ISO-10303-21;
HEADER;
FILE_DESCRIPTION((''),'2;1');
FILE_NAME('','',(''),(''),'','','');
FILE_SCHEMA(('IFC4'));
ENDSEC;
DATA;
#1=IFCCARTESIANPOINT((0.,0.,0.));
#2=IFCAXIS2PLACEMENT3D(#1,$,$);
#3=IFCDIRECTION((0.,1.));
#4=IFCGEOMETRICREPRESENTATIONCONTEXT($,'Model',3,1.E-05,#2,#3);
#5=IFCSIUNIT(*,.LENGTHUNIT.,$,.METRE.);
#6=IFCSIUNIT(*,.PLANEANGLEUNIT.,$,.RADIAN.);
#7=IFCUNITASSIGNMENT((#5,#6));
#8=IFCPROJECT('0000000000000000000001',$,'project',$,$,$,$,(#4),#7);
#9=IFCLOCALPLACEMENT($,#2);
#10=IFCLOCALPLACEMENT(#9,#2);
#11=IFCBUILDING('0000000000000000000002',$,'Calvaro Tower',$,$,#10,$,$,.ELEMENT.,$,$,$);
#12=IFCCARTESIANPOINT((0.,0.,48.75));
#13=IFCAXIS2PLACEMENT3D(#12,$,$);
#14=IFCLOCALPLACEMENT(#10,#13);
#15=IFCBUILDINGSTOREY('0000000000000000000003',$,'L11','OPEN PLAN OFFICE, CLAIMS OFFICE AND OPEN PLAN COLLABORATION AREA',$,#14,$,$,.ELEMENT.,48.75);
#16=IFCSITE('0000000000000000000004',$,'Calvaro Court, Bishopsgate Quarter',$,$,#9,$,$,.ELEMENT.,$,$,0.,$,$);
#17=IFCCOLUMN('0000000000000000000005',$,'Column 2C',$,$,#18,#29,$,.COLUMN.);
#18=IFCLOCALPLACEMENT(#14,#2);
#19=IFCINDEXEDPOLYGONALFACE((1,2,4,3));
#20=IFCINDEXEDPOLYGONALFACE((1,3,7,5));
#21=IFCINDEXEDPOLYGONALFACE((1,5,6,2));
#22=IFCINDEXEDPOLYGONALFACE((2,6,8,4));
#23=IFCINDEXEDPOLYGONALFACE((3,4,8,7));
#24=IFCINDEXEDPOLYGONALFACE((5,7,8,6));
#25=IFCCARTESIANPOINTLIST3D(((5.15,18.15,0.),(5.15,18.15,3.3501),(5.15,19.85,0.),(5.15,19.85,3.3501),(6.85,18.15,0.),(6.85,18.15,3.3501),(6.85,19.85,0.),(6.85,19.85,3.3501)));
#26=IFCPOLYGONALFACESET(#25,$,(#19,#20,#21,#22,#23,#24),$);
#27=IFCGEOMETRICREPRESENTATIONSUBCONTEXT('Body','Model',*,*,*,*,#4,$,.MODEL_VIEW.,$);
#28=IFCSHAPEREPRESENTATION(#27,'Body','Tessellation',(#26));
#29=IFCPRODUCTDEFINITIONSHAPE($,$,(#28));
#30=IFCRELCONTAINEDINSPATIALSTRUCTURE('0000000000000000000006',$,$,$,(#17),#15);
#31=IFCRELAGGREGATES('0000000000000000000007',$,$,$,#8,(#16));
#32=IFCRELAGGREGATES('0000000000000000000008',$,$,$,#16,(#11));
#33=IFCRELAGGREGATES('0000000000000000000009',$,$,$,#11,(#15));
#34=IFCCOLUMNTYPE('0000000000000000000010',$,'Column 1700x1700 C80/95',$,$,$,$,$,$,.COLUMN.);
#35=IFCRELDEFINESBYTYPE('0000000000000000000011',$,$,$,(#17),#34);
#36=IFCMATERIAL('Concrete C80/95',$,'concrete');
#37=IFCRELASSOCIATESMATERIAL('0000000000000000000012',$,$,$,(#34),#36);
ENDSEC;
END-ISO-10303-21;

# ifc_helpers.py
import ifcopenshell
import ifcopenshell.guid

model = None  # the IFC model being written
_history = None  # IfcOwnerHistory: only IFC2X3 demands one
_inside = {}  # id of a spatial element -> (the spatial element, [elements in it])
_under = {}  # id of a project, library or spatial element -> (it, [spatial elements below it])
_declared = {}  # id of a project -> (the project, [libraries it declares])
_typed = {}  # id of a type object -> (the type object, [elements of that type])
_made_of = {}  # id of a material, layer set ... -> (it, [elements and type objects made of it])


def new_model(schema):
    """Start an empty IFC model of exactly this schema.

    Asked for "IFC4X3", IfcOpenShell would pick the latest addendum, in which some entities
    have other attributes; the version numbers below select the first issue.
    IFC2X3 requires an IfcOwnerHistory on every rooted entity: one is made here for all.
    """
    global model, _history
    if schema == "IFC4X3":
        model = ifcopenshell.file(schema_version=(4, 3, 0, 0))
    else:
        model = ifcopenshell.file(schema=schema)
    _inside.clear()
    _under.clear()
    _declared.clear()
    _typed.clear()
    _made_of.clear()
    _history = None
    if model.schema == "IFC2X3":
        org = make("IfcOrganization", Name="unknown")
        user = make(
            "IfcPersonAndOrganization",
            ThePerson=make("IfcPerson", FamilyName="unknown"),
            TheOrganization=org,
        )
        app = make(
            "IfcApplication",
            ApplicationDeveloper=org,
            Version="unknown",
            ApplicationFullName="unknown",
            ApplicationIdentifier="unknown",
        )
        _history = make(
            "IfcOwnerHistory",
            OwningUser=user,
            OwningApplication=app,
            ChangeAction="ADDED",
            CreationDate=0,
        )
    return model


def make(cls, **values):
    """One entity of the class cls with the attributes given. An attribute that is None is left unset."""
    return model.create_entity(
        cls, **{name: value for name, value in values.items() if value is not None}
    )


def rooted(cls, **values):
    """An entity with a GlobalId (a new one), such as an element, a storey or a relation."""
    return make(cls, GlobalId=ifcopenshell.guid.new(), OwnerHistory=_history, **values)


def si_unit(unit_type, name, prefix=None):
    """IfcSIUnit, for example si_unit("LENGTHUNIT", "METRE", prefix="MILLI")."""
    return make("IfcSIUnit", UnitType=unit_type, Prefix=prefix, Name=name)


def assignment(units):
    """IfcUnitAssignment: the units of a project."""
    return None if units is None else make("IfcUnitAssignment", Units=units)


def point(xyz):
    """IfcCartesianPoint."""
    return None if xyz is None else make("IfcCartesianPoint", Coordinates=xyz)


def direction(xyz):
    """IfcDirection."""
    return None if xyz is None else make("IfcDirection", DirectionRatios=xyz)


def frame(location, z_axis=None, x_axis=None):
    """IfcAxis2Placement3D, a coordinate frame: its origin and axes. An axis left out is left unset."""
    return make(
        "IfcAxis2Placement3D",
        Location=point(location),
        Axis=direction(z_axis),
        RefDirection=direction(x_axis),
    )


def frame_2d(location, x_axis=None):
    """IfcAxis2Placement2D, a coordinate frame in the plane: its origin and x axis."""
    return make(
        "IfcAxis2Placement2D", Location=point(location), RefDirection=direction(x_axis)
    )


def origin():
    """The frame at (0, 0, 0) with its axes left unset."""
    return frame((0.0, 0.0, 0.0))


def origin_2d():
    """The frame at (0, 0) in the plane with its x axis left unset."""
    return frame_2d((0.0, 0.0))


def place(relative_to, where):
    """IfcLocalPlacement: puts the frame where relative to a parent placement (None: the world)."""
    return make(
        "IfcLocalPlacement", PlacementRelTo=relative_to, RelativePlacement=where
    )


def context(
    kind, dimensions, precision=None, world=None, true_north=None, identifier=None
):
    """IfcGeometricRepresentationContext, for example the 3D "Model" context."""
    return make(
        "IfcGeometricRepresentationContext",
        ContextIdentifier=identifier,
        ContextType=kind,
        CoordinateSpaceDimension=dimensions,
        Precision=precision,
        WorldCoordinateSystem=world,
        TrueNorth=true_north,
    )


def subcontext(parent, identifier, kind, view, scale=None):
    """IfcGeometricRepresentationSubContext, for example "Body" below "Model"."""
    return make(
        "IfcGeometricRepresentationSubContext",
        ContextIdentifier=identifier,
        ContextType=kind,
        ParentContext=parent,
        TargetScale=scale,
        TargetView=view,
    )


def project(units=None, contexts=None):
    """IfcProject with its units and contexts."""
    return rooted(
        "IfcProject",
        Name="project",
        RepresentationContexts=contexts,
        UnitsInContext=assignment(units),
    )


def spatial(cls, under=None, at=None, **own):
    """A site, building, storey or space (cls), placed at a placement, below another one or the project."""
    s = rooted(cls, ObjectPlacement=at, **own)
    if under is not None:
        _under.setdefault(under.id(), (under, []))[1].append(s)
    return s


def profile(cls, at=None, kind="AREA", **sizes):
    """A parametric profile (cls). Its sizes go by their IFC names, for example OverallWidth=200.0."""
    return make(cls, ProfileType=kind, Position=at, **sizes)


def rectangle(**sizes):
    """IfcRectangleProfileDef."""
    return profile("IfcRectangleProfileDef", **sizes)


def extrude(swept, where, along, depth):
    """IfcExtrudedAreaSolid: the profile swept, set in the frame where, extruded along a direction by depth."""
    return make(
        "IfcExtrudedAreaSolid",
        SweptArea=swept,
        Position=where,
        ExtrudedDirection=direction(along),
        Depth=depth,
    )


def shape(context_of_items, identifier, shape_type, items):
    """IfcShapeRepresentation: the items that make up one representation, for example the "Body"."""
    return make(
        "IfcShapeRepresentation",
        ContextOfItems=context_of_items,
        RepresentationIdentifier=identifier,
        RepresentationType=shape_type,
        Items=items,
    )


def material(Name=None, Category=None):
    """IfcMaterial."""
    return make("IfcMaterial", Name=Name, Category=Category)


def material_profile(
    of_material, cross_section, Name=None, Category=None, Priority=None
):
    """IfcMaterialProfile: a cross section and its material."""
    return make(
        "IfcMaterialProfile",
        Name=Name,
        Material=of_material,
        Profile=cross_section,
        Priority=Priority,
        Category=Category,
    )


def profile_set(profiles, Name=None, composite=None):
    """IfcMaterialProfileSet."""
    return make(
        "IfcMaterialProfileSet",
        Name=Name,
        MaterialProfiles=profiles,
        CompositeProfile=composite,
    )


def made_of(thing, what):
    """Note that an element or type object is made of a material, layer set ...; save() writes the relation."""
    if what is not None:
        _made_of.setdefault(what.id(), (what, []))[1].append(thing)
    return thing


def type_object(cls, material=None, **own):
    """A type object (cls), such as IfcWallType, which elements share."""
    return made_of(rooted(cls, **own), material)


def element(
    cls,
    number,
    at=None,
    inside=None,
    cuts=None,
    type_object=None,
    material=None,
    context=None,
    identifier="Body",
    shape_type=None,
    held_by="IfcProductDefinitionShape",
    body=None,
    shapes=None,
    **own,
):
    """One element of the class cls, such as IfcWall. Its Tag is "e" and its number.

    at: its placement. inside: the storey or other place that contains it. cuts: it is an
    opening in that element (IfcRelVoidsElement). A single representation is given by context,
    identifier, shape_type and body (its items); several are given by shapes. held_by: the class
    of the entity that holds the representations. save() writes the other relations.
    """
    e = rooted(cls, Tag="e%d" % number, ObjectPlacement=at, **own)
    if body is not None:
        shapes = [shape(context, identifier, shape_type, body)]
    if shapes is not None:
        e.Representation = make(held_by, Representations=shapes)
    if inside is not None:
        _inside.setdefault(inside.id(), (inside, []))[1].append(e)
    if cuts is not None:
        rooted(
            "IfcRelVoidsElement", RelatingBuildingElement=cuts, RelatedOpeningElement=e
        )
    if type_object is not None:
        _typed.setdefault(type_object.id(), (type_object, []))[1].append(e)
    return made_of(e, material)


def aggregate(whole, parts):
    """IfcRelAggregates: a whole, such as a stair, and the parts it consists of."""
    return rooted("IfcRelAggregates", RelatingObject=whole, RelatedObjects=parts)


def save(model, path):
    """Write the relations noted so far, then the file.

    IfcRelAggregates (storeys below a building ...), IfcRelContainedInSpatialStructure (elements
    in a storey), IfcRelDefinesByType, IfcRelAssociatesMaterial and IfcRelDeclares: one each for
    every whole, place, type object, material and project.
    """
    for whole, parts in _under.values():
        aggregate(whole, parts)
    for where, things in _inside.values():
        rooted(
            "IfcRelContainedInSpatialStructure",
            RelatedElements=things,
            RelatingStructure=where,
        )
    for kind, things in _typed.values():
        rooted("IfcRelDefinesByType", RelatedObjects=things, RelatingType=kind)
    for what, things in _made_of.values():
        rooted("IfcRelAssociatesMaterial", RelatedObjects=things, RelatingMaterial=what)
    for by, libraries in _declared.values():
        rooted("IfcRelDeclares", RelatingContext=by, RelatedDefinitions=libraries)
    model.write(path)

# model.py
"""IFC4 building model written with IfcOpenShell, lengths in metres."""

from ifc_helpers import new_model, si_unit, direction, frame, origin, origin_2d, place, context, subcontext, project, spatial, rectangle, extrude, material, material_profile, profile_set, type_object, element, save


model = new_model("IFC4")

# Units and contexts
model_context = context("Model", 3, precision=1e-05, world=origin(), true_north=direction((0.0, 1.0)))
body_context = subcontext(model_context, "Body", "Model", "MODEL_VIEW")
ifc_project = project(units=[si_unit("LENGTHUNIT", "METRE"), si_unit("PLANEANGLEUNIT", "RADIAN")], contexts=[model_context])

# Site, building, storey
site_placement = place(None, origin())
site = spatial("IfcSite", under=ifc_project, at=site_placement, Name="Calvaro Court, Bishopsgate Quarter", CompositionType="ELEMENT", RefElevation=0.0)
building_placement = place(site_placement, origin())
building = spatial("IfcBuilding", under=site, at=building_placement, Name="Calvaro Tower", CompositionType="ELEMENT")
storey_placement = place(building_placement, frame((0.0, 0.0, 48.75)))
storey = spatial("IfcBuildingStorey", under=building, at=storey_placement, Name="L11", Description="OPEN PLAN OFFICE, CLAIMS OFFICE AND OPEN PLAN COLLABORATION AREA", CompositionType="ELEMENT", Elevation=48.75)

# Column
ifc_material_1 = material(Name="Concrete C80/95", Category="concrete")
ifc_material_profile = material_profile(ifc_material_1, rectangle(XDim=1.7, YDim=1.7, at=origin_2d()), Name="RC 1700x1700")
ifc_profile_set = profile_set([ifc_material_profile], Name="Concrete C80/95")
column_type = type_object("IfcColumnType", Name="Column 1700x1700 C80/95", PredefinedType="COLUMN", material=ifc_profile_set)
column_placement = place(storey_placement, frame((6.0, 19.0, 0.0), z_axis=(0.0, 0.0, 1.0), x_axis=(1.0, 0.0, 0.0)))
element("IfcColumn", 1, at=column_placement, inside=storey, type_object=column_type, Name="Column 2C", PredefinedType="COLUMN", context=body_context, shape_type="SweptSolid", body=[
    extrude(rectangle(XDim=1.7, YDim=1.7, at=origin_2d()), origin(), (0.0, 0.0, 1.0), 3.3501),
])

save(model, "model.ifc")
